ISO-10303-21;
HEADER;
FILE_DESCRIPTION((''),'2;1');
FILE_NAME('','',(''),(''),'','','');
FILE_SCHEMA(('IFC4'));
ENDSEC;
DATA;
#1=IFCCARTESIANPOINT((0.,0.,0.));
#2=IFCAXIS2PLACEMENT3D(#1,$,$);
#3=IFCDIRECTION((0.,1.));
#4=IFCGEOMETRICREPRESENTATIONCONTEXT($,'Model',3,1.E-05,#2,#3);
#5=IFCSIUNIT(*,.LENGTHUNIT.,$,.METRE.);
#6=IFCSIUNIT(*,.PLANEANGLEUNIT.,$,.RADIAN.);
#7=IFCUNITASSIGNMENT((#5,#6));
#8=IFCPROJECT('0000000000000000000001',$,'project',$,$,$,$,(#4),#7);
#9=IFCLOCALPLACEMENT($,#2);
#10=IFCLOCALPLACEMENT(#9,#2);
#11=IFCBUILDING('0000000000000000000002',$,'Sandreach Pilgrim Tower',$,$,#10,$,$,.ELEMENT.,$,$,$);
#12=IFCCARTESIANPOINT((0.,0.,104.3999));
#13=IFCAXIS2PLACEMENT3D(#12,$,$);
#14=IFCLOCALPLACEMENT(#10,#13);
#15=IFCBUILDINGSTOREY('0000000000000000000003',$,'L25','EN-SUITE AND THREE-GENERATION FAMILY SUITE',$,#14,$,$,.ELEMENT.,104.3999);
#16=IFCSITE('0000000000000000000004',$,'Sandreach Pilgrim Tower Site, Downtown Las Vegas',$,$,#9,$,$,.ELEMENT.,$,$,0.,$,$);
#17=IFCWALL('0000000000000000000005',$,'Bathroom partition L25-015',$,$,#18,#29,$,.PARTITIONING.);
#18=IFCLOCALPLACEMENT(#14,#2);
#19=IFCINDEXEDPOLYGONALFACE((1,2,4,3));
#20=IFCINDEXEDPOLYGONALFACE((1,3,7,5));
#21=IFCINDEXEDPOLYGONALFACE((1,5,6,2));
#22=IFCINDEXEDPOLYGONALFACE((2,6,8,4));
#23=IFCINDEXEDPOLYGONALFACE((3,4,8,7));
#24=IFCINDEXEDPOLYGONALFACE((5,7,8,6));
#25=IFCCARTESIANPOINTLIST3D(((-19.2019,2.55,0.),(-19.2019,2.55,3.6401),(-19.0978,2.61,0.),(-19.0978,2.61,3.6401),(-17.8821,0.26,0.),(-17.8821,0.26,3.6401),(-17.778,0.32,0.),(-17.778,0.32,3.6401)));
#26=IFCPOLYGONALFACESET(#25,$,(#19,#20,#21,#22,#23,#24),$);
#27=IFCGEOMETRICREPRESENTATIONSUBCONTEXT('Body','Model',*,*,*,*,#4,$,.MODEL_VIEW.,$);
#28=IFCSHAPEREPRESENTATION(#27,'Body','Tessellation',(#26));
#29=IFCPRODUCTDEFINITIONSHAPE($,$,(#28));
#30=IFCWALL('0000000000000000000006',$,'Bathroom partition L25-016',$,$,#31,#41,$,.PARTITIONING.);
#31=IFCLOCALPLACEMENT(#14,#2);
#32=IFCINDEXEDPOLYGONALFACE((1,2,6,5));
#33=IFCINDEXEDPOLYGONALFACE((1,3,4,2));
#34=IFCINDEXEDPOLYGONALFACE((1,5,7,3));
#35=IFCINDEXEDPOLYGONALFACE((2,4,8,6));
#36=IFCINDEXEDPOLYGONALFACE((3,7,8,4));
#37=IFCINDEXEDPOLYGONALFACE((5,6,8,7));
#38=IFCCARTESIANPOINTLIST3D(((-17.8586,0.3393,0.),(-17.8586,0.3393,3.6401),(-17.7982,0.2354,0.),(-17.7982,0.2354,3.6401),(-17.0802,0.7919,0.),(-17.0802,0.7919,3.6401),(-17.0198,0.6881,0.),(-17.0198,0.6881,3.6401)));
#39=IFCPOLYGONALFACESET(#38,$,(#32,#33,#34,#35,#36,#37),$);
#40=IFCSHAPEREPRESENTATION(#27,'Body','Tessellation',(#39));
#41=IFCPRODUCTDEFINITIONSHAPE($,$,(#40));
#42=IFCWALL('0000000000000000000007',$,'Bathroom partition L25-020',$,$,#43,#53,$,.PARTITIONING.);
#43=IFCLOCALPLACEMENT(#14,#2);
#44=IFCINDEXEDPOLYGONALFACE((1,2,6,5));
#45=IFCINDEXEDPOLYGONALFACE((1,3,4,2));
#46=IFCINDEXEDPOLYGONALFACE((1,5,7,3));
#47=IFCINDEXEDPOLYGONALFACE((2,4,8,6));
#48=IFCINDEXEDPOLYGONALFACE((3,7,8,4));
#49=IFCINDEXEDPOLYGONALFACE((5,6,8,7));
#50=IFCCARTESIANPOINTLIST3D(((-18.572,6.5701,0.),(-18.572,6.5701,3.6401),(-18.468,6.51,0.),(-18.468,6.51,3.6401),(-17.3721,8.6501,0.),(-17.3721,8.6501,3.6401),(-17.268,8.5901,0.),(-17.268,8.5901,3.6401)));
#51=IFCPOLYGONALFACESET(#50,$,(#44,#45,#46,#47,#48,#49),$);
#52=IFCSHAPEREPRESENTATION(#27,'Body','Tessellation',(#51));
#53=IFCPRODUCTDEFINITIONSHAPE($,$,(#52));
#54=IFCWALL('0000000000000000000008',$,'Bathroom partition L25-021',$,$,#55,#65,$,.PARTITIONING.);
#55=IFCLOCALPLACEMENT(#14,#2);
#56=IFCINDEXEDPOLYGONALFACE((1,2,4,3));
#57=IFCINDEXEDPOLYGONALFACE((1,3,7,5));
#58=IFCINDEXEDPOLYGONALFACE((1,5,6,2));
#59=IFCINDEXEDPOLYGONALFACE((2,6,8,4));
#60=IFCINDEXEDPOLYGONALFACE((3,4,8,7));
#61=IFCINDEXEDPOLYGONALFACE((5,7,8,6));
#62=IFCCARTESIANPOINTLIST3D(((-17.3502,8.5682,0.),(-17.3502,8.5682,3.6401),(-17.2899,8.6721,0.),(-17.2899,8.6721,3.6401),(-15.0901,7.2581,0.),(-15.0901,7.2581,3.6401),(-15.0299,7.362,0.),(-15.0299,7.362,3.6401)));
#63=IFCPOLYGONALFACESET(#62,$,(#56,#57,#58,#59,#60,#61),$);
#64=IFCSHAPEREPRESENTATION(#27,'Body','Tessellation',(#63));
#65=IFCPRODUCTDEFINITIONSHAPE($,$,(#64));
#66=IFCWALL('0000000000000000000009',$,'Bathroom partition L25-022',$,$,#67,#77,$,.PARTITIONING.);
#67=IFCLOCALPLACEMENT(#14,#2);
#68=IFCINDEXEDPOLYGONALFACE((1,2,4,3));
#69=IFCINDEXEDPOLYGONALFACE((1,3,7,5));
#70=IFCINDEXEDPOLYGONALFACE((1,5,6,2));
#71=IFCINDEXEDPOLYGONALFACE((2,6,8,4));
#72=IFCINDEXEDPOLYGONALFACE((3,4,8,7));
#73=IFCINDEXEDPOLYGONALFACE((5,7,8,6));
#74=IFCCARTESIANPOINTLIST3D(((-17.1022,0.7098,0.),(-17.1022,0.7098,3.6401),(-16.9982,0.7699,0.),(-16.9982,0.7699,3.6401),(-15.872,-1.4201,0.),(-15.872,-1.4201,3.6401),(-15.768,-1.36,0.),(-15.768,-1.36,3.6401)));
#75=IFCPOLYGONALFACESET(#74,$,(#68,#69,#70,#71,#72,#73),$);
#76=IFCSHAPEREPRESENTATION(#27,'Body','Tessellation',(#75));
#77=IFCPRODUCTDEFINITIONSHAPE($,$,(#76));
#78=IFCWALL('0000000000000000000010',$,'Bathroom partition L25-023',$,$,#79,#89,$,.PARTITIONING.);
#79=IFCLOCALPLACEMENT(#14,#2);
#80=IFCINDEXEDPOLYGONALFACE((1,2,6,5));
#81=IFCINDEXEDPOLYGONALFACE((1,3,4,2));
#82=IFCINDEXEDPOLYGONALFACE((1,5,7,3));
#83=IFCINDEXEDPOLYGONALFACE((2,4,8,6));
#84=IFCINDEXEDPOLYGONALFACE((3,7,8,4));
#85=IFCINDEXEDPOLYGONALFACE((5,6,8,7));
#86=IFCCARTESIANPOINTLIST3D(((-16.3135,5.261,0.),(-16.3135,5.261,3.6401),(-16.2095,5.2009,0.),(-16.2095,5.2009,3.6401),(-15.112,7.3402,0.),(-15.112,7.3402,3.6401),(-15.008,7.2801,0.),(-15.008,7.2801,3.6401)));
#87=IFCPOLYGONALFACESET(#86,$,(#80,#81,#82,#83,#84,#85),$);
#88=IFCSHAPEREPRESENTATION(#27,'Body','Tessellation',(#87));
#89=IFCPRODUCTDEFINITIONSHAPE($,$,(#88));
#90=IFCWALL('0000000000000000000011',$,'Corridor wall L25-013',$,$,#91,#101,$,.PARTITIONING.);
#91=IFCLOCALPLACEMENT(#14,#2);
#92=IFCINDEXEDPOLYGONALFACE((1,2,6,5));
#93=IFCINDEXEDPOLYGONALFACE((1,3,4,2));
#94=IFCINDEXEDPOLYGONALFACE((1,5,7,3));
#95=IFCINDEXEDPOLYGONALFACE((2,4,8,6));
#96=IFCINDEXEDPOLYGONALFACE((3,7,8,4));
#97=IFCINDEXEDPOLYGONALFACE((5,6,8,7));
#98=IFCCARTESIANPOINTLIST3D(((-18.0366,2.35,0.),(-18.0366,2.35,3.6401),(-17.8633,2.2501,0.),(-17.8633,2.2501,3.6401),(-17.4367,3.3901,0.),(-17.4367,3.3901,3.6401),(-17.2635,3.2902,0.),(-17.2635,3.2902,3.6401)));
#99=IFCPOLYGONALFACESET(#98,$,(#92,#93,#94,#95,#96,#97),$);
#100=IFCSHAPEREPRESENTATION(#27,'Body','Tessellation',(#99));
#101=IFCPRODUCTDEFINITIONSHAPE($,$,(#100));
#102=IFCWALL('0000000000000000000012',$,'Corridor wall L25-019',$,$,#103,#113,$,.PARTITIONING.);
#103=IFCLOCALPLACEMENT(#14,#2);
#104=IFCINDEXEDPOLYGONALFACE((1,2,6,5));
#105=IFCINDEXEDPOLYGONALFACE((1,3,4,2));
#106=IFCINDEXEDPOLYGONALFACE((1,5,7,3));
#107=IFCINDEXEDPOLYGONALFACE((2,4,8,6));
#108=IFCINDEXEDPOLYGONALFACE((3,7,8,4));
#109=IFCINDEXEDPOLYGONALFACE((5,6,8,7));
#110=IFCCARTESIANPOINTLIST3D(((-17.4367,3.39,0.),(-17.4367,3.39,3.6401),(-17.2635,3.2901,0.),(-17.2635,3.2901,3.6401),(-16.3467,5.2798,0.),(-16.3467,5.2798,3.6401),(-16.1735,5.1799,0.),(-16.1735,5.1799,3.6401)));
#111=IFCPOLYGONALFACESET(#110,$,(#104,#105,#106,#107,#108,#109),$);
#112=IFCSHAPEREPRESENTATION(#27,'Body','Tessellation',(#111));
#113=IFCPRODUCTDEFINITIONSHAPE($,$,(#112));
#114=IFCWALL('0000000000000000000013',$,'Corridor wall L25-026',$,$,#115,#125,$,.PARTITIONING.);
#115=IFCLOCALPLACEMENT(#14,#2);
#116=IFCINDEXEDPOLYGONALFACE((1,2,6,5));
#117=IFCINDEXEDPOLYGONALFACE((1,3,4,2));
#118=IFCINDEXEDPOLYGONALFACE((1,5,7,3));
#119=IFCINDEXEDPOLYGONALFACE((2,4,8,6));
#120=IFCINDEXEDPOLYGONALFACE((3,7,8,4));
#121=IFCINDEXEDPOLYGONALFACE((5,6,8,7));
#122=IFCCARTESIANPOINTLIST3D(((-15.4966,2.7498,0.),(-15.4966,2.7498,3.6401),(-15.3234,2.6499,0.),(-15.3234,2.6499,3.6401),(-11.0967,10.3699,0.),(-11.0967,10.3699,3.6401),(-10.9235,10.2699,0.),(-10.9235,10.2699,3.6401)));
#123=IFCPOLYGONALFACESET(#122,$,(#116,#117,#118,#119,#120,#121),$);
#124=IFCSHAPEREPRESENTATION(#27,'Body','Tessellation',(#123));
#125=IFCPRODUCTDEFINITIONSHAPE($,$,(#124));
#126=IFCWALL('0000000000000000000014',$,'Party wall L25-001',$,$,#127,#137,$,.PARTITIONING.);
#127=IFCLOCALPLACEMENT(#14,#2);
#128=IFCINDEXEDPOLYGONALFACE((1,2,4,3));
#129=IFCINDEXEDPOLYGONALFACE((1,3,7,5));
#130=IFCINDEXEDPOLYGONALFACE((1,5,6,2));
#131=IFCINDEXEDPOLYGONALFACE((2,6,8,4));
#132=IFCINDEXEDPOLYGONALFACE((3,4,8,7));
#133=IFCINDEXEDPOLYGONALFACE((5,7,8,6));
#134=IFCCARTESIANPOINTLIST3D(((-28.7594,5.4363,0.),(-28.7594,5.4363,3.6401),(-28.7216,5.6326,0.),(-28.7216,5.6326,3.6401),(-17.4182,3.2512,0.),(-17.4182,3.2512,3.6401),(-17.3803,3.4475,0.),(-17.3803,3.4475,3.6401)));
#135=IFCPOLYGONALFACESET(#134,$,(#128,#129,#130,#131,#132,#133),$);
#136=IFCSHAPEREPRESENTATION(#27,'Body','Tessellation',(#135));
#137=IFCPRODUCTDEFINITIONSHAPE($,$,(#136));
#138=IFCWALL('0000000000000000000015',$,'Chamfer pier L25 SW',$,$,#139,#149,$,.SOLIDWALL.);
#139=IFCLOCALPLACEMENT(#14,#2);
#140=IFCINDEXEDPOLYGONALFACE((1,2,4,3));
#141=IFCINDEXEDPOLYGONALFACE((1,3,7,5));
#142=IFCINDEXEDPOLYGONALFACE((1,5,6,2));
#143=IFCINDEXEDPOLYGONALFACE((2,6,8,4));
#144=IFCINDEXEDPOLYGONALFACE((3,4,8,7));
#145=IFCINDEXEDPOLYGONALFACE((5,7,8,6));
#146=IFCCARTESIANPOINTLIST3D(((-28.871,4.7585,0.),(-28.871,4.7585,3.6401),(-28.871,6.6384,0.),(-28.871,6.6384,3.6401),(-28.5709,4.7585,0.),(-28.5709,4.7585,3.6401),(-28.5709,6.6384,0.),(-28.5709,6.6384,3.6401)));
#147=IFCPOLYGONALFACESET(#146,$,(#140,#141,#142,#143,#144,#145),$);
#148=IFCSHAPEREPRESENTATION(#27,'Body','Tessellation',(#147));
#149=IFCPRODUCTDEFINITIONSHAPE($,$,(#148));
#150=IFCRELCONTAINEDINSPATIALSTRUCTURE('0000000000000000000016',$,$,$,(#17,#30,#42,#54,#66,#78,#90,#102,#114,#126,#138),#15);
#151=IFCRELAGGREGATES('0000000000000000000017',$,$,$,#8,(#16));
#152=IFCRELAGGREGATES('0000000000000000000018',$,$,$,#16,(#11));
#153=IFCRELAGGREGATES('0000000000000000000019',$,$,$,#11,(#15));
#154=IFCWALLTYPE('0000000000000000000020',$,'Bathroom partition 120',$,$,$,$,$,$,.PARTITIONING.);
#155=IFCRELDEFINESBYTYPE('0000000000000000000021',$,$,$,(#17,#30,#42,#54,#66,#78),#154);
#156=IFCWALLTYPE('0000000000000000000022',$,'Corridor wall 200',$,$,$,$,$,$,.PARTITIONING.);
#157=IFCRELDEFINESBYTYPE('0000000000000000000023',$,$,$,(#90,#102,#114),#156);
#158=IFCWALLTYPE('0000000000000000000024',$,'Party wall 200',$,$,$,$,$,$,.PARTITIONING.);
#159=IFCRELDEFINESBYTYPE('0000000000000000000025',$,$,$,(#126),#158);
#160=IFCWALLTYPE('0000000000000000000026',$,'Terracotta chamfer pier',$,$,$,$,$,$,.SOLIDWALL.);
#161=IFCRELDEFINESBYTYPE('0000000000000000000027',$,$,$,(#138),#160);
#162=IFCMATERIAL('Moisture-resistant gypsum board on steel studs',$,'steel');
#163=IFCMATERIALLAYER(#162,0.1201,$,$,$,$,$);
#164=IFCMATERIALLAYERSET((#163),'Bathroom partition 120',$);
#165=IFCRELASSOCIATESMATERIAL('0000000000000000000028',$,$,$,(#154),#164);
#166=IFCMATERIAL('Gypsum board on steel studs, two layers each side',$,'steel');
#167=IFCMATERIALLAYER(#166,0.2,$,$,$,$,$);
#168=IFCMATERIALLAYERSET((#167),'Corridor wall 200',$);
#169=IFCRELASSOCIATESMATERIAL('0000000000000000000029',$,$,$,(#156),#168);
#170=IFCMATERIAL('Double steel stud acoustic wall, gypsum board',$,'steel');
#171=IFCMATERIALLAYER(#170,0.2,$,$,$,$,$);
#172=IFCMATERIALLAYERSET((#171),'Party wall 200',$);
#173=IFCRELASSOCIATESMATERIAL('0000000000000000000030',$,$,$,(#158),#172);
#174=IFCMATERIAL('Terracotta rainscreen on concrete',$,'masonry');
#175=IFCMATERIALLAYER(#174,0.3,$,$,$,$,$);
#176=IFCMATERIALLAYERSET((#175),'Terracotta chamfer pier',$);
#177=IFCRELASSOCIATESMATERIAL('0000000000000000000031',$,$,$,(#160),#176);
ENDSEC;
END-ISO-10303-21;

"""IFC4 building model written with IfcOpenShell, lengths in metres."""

from ifc_helpers import new_model, si_unit, direction, frame, frame_2d, origin, place, context, subcontext, project, spatial, rectangle, extrude, material, layer, layer_set, type_object, element, save


model = new_model("IFC4")

# Units and contexts
model_context = context("Model", 3, precision=1e-05, world=origin(), true_north=direction((0.0, 1.0)))
body_context = subcontext(model_context, "Body", "Model", "MODEL_VIEW")
ifc_project = project(units=[si_unit("LENGTHUNIT", "METRE"), si_unit("PLANEANGLEUNIT", "RADIAN")], contexts=[model_context])

# Site, building, storey
site_placement = place(None, origin())
site = spatial("IfcSite", under=ifc_project, at=site_placement, Name="Sandreach Pilgrim Tower Site, Downtown Las Vegas", CompositionType="ELEMENT", RefElevation=0.0)
building_placement = place(site_placement, origin())
building = spatial("IfcBuilding", under=site, at=building_placement, Name="Sandreach Pilgrim Tower", CompositionType="ELEMENT")
storey_placement = place(building_placement, frame((0.0, 0.0, 104.3999)))
storey = spatial("IfcBuildingStorey", under=building, at=storey_placement, Name="L25", Description="EN-SUITE AND THREE-GENERATION FAMILY SUITE", CompositionType="ELEMENT", Elevation=104.3999)

# Shared definitions
ifc_material_1 = material(Name="Moisture-resistant gypsum board on steel studs", Category="steel")
ifc_layer_1 = layer(ifc_material_1, 0.1201)
ifc_layer_set_1 = layer_set([ifc_layer_1], Name="Bathroom partition 120")
wall_type_1 = type_object("IfcWallType", Name="Bathroom partition 120", PredefinedType="PARTITIONING", material=ifc_layer_set_1)

# Walls
wall_1_placement = place(storey_placement, frame((-17.8301, 0.29, 0.0), z_axis=(0.0, 0.0, 1.0), x_axis=(-0.499339, 0.866407, 0.0)))
element("IfcWall", 1, at=wall_1_placement, inside=storey, type_object=wall_type_1, Name="Bathroom partition L25-015", PredefinedType="PARTITIONING", context=body_context, shape_type="SweptSolid", body=[
    extrude(rectangle(XDim=2.6431, YDim=0.1201, at=frame_2d((1.3215, 0.0))), origin(), (0.0, 0.0, 1.0), 3.6401),
])
wall_2_placement = place(storey_placement, frame((-17.8284, 0.2874, 0.0), z_axis=(0.0, 0.0, 1.0), x_axis=(0.864447, 0.502724, 0.0)))
element("IfcWall", 2, at=wall_2_placement, inside=storey, type_object=wall_type_1, Name="Bathroom partition L25-016", PredefinedType="PARTITIONING", context=body_context, shape_type="SweptSolid", body=[
    extrude(rectangle(XDim=0.9004, YDim=0.1201, at=frame_2d((0.4502, 0.0))), origin(), (0.0, 0.0, 1.0), 3.6401),
])
wall_3_placement = place(storey_placement, frame((-17.3201, 8.6201, 0.0), z_axis=(0.0, 0.0, 1.0), x_axis=(-0.499693, -0.866203, 0.0)))
element("IfcWall", 3, at=wall_3_placement, inside=storey, type_object=wall_type_1, Name="Bathroom partition L25-020", PredefinedType="PARTITIONING", context=body_context, shape_type="SweptSolid", body=[
    extrude(rectangle(XDim=2.4014, YDim=0.1201, at=frame_2d((1.2007, 0.0))), origin(), (0.0, 0.0, 1.0), 3.6401),
])
wall_4_placement = place(storey_placement, frame((-17.3201, 8.6201, 0.0), z_axis=(0.0, 0.0, 1.0), x_axis=(0.865155, -0.501504, 0.0)))
element("IfcWall", 4, at=wall_4_placement, inside=storey, type_object=wall_type_1, Name="Bathroom partition L25-021", PredefinedType="PARTITIONING", context=body_context, shape_type="SweptSolid", body=[
    extrude(rectangle(XDim=2.6123, YDim=0.1201, at=frame_2d((1.3062, 0.0))), origin(), (0.0, 0.0, 1.0), 3.6401),
])
wall_5_placement = place(storey_placement, frame((-17.0503, 0.74, 0.0), z_axis=(0.0, 0.0, 1.0), x_axis=(0.500163, -0.865931, 0.0)))
element("IfcWall", 5, at=wall_5_placement, inside=storey, type_object=wall_type_1, Name="Bathroom partition L25-022", PredefinedType="PARTITIONING", context=body_context, shape_type="SweptSolid", body=[
    extrude(rectangle(XDim=2.4597, YDim=0.1201, at=frame_2d((1.23, 0.0))), origin(), (0.0, 0.0, 1.0), 3.6401),
])
wall_6_placement = place(storey_placement, frame((-16.2615, 5.231, 0.0), z_axis=(0.0, 0.0, 1.0), x_axis=(0.500327, 0.865837, 0.0)))
element("IfcWall", 6, at=wall_6_placement, inside=storey, type_object=wall_type_1, Name="Bathroom partition L25-023", PredefinedType="PARTITIONING", context=body_context, shape_type="SweptSolid", body=[
    extrude(rectangle(XDim=2.4014, YDim=0.1201, at=frame_2d((1.2007, 0.0))), origin(), (0.0, 0.0, 1.0), 3.6401),
])
ifc_material_2 = material(Name="Gypsum board on steel studs, two layers each side", Category="steel")
ifc_layer_2 = layer(ifc_material_2, 0.2)
ifc_layer_set_2 = layer_set([ifc_layer_2], Name="Corridor wall 200")
wall_type_2 = type_object("IfcWallType", Name="Corridor wall 200", PredefinedType="PARTITIONING", material=ifc_layer_set_2)
wall_7_placement = place(storey_placement, frame((-17.95, 2.3, 0.0), z_axis=(0.0, 0.0, 1.0), x_axis=(0.499617, 0.866247, 0.0)))
element("IfcWall", 7, at=wall_7_placement, inside=storey, type_object=wall_type_2, Name="Corridor wall L25-013", PredefinedType="PARTITIONING", context=body_context, shape_type="SweptSolid", body=[
    extrude(rectangle(XDim=1.2007, YDim=0.2, at=frame_2d((0.6003, 0.0))), origin(), (0.0, 0.0, 1.0), 3.6401),
])

# Walls
wall_8_placement = place(storey_placement, frame((-17.3501, 3.3401, 0.0), z_axis=(0.0, 0.0, 1.0), x_axis=(0.499642, 0.866232, 0.0)))
element("IfcWall", 8, at=wall_8_placement, inside=storey, type_object=wall_type_2, Name="Corridor wall L25-019", PredefinedType="PARTITIONING", context=body_context, shape_type="SweptSolid", body=[
    extrude(rectangle(XDim=2.1816, YDim=0.2, at=frame_2d((1.0908, 0.0))), origin(), (0.0, 0.0, 1.0), 3.6401),
])
wall_9_placement = place(storey_placement, frame((-15.4099, 2.7, 0.0), z_axis=(0.0, 0.0, 1.0), x_axis=(0.500036, 0.866004, 0.0)))
element("IfcWall", 9, at=wall_9_placement, inside=storey, type_object=wall_type_2, Name="Corridor wall L25-026", PredefinedType="PARTITIONING", context=body_context, shape_type="SweptSolid", body=[
    extrude(rectangle(XDim=8.7991, YDim=0.2, at=frame_2d((4.3994, 0.0))), origin(), (0.0, 0.0, 1.0), 3.6401),
])
ifc_material_3 = material(Name="Double steel stud acoustic wall, gypsum board", Category="steel")
ifc_layer_3 = layer(ifc_material_3, 0.2)
ifc_layer_set_3 = layer_set([ifc_layer_3], Name="Party wall 200")
wall_type_3 = type_object("IfcWallType", Name="Party wall 200", PredefinedType="PARTITIONING", material=ifc_layer_set_3)
wall_10_placement = place(storey_placement, frame((-28.7405, 5.5344, 0.0), z_axis=(0.0, 0.0, 1.0), x_axis=(0.981942, -0.189185, 0.0)))
element("IfcWall", 10, at=wall_10_placement, inside=storey, type_object=wall_type_3, Name="Party wall L25-001", PredefinedType="PARTITIONING", context=body_context, shape_type="SweptSolid", body=[
    extrude(rectangle(XDim=11.5498, YDim=0.2, at=frame_2d((5.7749, 0.0))), origin(), (0.0, 0.0, 1.0), 3.6401),
])
ifc_material_4 = material(Name="Terracotta rainscreen on concrete", Category="masonry")
ifc_layer_4 = layer(ifc_material_4, 0.3)
ifc_layer_set_4 = layer_set([ifc_layer_4], Name="Terracotta chamfer pier")
wall_type_4 = type_object("IfcWallType", Name="Terracotta chamfer pier", PredefinedType="SOLIDWALL", material=ifc_layer_set_4)
wall_11_placement = place(storey_placement, frame((-28.7209, 4.7585, 0.0), z_axis=(0.0, 0.0, 1.0), x_axis=(0.0, 1.0, 0.0)))
element("IfcWall", 11, at=wall_11_placement, inside=storey, type_object=wall_type_4, Name="Chamfer pier L25 SW", PredefinedType="SOLIDWALL", context=body_context, shape_type="SweptSolid", body=[
    extrude(rectangle(XDim=1.8799, YDim=0.3, at=frame_2d((0.9399, 0.0))), origin(), (0.0, 0.0, 1.0), 3.6401),
])

save(model, "model.ifc")
